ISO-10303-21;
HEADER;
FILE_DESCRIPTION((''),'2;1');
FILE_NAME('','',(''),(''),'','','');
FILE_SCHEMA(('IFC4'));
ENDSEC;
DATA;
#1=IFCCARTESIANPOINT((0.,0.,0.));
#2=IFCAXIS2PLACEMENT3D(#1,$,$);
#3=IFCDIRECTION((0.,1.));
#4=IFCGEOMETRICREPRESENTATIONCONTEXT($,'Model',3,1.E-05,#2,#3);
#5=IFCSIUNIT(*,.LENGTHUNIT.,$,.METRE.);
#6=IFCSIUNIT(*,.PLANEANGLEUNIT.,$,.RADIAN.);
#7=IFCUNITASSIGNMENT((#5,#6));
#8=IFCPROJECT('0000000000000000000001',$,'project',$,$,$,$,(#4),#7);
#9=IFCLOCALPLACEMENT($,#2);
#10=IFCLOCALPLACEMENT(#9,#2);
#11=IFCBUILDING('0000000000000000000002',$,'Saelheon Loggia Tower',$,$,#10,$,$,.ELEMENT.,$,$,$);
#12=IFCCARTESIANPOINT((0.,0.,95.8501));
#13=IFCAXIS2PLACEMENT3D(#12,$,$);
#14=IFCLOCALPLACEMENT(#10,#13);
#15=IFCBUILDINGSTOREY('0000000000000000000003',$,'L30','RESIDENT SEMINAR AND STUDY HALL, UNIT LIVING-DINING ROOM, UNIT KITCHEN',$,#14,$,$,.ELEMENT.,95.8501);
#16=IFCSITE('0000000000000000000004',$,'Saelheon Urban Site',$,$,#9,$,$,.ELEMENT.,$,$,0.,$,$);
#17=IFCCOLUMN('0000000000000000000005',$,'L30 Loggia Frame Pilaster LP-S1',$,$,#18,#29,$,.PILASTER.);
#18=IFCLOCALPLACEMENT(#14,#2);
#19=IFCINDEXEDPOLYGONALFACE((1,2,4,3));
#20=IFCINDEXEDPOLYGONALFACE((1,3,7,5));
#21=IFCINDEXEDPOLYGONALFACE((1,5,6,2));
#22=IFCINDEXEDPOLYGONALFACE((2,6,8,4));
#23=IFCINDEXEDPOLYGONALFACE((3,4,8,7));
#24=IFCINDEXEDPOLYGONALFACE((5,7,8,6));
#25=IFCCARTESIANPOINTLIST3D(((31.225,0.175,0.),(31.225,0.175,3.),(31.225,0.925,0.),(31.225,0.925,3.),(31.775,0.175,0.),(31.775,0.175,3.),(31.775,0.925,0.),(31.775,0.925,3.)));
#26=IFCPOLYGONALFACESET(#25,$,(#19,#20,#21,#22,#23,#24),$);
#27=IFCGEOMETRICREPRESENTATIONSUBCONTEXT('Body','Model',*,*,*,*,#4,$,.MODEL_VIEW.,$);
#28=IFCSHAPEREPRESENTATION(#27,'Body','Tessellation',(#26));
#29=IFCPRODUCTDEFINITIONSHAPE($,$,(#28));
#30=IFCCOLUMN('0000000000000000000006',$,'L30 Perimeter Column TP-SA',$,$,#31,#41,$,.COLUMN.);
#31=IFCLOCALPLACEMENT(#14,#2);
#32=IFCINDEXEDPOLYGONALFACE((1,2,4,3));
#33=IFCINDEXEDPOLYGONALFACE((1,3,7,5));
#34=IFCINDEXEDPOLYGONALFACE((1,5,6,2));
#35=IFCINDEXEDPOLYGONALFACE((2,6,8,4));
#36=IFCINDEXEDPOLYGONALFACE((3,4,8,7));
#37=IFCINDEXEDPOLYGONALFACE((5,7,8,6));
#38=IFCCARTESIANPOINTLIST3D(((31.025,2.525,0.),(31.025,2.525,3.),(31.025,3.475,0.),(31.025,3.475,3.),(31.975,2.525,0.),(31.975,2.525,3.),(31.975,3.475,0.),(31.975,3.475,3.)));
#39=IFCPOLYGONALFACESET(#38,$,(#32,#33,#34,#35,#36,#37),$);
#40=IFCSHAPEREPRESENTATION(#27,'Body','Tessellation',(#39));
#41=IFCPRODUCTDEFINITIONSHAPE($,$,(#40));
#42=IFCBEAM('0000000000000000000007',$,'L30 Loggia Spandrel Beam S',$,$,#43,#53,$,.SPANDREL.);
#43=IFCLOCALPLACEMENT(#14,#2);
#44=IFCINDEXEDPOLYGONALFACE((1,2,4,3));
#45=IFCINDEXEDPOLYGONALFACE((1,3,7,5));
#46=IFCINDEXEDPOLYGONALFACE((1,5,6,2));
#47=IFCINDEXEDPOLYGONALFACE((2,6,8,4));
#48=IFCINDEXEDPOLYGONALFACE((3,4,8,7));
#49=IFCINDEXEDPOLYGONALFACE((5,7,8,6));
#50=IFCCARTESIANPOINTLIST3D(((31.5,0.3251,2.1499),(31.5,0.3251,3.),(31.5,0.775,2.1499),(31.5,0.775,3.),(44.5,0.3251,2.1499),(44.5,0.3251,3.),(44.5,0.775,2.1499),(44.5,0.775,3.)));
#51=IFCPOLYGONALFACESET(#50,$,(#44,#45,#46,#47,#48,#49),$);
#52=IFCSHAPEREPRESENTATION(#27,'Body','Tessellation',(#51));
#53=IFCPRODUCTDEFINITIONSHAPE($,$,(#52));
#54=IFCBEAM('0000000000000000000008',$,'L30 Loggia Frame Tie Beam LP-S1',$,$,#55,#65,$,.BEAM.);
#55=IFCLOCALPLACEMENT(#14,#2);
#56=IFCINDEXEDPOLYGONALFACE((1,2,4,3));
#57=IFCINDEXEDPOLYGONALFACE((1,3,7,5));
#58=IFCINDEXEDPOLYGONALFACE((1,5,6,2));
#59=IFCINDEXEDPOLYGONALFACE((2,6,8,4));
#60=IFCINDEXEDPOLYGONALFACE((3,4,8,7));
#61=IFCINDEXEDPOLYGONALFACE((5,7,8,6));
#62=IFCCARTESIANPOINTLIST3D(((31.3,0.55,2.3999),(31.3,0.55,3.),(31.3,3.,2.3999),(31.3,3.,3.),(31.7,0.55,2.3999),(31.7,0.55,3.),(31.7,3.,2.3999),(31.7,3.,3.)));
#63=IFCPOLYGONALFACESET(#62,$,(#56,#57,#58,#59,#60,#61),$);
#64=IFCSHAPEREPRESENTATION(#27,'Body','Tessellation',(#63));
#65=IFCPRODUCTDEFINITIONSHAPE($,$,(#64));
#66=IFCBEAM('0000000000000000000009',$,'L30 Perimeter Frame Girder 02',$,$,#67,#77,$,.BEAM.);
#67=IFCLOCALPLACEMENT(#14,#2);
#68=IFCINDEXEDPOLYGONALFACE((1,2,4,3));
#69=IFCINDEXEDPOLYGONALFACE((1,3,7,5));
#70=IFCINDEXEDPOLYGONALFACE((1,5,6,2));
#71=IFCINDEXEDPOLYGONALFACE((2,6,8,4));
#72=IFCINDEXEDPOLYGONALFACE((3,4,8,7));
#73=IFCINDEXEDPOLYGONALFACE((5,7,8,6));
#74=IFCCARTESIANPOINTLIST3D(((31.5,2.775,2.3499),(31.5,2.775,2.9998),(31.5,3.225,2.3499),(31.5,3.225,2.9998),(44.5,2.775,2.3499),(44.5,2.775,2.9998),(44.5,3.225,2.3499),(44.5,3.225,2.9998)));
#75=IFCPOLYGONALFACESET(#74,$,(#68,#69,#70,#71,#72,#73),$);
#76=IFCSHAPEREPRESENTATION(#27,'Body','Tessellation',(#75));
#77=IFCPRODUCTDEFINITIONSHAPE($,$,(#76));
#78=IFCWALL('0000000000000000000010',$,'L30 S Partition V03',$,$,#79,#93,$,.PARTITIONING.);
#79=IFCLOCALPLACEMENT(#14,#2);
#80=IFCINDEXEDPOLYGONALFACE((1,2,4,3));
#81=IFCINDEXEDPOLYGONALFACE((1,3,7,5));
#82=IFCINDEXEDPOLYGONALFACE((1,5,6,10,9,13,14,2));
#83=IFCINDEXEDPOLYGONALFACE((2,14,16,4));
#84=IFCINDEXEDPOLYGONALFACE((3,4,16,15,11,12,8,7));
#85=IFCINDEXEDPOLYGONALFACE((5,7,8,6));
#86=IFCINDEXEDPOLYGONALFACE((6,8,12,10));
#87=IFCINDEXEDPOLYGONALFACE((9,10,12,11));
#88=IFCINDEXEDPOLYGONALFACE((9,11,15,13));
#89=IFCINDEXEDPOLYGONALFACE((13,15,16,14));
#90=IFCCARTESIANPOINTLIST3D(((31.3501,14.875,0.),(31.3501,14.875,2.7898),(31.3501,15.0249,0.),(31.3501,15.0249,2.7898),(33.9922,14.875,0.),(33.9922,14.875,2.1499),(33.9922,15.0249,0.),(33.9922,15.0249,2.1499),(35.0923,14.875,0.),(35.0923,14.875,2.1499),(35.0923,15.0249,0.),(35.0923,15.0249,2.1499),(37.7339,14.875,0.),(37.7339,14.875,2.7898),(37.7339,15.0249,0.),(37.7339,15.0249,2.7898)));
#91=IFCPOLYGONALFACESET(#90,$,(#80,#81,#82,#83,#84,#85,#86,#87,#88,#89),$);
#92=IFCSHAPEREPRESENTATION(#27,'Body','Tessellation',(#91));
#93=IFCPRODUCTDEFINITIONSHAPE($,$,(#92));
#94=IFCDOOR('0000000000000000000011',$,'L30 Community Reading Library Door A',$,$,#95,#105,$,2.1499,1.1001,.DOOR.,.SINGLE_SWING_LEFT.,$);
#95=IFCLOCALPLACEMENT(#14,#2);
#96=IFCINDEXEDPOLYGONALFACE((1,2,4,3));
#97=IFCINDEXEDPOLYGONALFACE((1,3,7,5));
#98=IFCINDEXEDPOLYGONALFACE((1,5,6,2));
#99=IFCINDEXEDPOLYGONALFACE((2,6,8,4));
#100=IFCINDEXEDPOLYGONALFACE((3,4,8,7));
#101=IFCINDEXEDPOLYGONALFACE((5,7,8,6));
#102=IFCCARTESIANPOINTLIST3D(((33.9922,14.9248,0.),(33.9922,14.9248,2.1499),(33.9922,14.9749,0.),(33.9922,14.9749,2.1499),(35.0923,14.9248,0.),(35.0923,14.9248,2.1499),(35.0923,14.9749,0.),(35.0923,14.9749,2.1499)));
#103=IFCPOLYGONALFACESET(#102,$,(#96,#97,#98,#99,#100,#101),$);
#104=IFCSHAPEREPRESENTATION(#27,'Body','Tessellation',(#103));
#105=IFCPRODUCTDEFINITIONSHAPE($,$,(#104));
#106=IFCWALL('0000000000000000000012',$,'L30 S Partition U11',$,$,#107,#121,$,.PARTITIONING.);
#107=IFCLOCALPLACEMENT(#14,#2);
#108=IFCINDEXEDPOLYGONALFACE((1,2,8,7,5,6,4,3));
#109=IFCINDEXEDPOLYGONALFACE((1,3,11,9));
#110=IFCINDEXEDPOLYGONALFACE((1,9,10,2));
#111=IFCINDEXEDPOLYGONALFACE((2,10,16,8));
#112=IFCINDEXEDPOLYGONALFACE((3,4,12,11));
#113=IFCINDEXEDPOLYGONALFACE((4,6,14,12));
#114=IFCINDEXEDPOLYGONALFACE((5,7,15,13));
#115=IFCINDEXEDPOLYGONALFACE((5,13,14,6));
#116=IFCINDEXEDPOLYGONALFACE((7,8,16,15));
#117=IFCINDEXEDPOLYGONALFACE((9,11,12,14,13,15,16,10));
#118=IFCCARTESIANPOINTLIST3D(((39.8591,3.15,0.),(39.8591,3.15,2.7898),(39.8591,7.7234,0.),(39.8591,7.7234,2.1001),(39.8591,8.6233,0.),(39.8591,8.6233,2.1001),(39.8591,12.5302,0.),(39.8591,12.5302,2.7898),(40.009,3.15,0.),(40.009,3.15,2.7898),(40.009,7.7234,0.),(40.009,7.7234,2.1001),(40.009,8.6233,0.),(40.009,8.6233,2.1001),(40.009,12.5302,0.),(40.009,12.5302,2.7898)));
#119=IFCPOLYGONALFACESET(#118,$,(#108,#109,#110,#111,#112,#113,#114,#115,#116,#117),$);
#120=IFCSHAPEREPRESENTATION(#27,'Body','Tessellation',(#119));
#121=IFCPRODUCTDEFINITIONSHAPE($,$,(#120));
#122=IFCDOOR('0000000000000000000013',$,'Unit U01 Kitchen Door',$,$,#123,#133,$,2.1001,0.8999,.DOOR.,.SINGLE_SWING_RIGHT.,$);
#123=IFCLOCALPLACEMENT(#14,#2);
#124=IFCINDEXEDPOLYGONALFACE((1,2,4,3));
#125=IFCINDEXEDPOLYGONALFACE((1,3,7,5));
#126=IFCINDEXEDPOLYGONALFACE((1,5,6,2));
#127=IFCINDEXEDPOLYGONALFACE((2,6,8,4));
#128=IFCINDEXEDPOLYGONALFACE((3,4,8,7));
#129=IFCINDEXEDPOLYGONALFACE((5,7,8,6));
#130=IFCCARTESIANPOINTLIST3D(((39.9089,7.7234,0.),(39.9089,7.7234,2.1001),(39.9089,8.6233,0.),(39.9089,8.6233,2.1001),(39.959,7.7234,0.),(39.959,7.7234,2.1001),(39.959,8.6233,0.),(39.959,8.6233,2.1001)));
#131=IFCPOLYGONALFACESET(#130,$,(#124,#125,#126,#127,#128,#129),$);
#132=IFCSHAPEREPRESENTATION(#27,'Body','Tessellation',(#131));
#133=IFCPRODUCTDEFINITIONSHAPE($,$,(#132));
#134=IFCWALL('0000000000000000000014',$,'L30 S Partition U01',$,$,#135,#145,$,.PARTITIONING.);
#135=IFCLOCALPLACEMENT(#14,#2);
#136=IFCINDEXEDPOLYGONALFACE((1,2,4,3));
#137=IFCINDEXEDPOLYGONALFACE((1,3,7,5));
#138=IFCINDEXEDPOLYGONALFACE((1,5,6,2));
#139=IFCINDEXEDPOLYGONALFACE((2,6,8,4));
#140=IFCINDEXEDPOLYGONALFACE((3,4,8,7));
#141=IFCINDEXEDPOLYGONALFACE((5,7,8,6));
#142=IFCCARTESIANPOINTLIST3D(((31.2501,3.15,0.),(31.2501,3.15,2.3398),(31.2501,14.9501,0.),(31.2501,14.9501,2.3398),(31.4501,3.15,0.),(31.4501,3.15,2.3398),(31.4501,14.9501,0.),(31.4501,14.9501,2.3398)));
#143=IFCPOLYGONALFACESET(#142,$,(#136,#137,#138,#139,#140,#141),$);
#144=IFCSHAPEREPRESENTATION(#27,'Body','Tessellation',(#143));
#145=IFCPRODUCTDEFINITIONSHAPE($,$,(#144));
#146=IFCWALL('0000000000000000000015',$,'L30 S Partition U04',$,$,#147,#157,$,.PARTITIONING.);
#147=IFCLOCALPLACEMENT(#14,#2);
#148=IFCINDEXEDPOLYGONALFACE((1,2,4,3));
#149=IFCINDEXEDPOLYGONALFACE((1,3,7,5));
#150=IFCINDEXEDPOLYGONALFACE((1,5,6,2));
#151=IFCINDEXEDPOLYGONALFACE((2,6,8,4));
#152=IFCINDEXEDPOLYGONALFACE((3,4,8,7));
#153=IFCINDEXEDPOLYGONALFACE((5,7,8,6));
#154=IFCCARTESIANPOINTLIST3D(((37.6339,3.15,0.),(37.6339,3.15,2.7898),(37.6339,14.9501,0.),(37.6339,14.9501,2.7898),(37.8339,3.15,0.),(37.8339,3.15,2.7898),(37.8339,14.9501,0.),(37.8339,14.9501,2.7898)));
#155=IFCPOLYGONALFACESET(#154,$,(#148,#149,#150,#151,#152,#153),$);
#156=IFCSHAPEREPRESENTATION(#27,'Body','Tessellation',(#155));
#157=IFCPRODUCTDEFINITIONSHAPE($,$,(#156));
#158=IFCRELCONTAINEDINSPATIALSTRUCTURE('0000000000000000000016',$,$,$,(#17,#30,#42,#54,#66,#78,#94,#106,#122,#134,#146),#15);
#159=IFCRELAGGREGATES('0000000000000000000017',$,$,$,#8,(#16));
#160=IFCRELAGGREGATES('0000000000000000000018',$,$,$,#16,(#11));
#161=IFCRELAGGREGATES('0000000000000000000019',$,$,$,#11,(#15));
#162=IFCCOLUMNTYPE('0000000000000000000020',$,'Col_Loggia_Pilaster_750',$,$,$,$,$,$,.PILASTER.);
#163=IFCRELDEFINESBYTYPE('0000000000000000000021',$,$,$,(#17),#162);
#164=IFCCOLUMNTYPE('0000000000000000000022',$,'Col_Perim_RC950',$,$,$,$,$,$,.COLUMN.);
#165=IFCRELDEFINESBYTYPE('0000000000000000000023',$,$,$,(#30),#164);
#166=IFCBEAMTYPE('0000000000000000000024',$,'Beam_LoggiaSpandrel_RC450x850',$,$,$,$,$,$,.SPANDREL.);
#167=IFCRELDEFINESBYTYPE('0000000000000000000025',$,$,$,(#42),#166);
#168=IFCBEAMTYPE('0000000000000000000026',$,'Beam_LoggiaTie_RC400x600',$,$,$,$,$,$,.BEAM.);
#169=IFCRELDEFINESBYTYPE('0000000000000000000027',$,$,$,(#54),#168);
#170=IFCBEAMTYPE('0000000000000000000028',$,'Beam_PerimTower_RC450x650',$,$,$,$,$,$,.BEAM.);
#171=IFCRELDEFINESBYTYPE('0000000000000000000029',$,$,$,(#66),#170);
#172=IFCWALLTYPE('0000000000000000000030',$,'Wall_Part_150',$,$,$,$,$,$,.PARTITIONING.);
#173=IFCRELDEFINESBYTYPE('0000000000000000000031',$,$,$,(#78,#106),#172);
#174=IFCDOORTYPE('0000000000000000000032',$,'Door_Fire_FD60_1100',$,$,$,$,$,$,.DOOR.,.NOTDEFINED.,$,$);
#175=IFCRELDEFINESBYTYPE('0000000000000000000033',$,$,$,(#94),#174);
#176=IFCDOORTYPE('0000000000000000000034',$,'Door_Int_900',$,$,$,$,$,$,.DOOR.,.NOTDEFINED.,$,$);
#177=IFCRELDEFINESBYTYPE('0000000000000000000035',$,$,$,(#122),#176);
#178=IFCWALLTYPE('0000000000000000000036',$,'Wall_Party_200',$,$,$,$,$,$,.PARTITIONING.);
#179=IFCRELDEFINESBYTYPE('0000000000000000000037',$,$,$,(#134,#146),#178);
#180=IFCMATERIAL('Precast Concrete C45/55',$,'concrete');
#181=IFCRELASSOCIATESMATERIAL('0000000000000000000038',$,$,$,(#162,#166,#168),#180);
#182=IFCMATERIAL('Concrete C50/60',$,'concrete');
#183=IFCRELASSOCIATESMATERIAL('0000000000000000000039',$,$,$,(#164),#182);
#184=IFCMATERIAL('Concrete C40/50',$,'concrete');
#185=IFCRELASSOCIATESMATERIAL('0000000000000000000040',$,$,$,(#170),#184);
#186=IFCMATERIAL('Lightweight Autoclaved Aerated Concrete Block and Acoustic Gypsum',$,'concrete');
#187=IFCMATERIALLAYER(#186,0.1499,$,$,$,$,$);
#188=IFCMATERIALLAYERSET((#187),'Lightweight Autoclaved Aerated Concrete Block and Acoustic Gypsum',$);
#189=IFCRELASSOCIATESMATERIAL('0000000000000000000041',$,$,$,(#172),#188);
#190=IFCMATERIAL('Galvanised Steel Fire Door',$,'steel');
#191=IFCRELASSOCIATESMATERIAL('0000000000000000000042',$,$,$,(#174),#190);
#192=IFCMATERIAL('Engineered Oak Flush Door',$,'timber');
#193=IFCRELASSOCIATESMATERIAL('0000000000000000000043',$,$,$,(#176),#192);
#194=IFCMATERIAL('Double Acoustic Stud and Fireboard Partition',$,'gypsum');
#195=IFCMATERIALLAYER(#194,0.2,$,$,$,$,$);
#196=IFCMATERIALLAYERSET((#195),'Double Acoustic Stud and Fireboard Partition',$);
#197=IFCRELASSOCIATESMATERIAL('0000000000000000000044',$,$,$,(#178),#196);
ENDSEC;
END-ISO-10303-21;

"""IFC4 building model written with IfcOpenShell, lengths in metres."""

from ifc_helpers import new_model, si_unit, direction, frame, frame_2d, origin, origin_2d, place, context, subcontext, project, spatial, rectangle, extrude, source, transform, mapped, material, layer, layer_set, material_profile, profile_set, type_object, element, fill, save


model = new_model("IFC4")

# Units and contexts
model_context = context("Model", 3, precision=1e-05, world=origin(), true_north=direction((0.0, 1.0)))
body_context = subcontext(model_context, "Body", "Model", "MODEL_VIEW")
ifc_project = project(units=[si_unit("LENGTHUNIT", "METRE"), si_unit("PLANEANGLEUNIT", "RADIAN")], contexts=[model_context])

# Site, building, storey
site_placement = place(None, origin())
site = spatial("IfcSite", under=ifc_project, at=site_placement, Name="Saelheon Urban Site", CompositionType="ELEMENT", RefElevation=0.0)
building_placement = place(site_placement, origin())
building = spatial("IfcBuilding", under=site, at=building_placement, Name="Saelheon Loggia Tower", CompositionType="ELEMENT")
storey_placement = place(building_placement, frame((0.0, 0.0, 95.8501)))
storey = spatial("IfcBuildingStorey", under=building, at=storey_placement, Name="L30", Description="RESIDENT SEMINAR AND STUDY HALL, UNIT LIVING-DINING ROOM, UNIT KITCHEN", CompositionType="ELEMENT", Elevation=95.8501)

# Columns
ifc_material_1 = material(Name="Precast Concrete C45/55", Category="concrete")
ifc_material_profile_1 = material_profile(ifc_material_1, rectangle(XDim=0.55, YDim=0.75, at=origin_2d()), Name="RC-550x750")
ifc_profile_set_1 = profile_set([ifc_material_profile_1], Name="Precast Concrete C45/55")
column_type_1 = type_object("IfcColumnType", Name="Col_Loggia_Pilaster_750", PredefinedType="PILASTER", material=ifc_profile_set_1)
shared_shape_1 = source(origin(), body_context, "Body", "SweptSolid", [
    extrude(rectangle(XDim=0.55, YDim=0.75, at=origin_2d()), origin(), (0.0, 0.0, 1.0), 3.0),
])
column_1_placement = place(storey_placement, frame((31.5, 0.55, 0.0), z_axis=(0.0, 0.0, 1.0), x_axis=(1.0, 0.0, 0.0)))
element("IfcColumn", 1, at=column_1_placement, inside=storey, type_object=column_type_1, Name="L30 Loggia Frame Pilaster LP-S1", PredefinedType="PILASTER", context=body_context, shape_type="MappedRepresentation", body=[
    mapped(shared_shape_1, transform((0.0, 0.0, 0.0), scale=1.0)),
])
ifc_material_2 = material(Name="Concrete C50/60", Category="concrete")
ifc_material_profile_2 = material_profile(ifc_material_2, rectangle(XDim=0.95, YDim=0.95, at=origin_2d()), Name="RC-950x950")
ifc_profile_set_2 = profile_set([ifc_material_profile_2], Name="Concrete C50/60")
column_type_2 = type_object("IfcColumnType", Name="Col_Perim_RC950", PredefinedType="COLUMN", material=ifc_profile_set_2)
shared_shape_2 = source(origin(), body_context, "Body", "SweptSolid", [
    extrude(rectangle(XDim=0.95, YDim=0.95, at=origin_2d()), origin(), (0.0, 0.0, 1.0), 3.0),
])
column_2_placement = place(storey_placement, frame((31.5, 3.0, 0.0), z_axis=(0.0, 0.0, 1.0), x_axis=(1.0, 0.0, 0.0)))
element("IfcColumn", 2, at=column_2_placement, inside=storey, type_object=column_type_2, Name="L30 Perimeter Column TP-SA", PredefinedType="COLUMN", context=body_context, shape_type="MappedRepresentation", body=[
    mapped(shared_shape_2, transform((0.0, 0.0, 0.0), scale=1.0)),
])

# Beams
ifc_material_profile_3 = material_profile(ifc_material_1, rectangle(XDim=0.45, YDim=0.8501, at=origin_2d()), Name="RC-450x850")
ifc_profile_set_3 = profile_set([ifc_material_profile_3], Name="Precast Concrete C45/55")
beam_type_1 = type_object("IfcBeamType", Name="Beam_LoggiaSpandrel_RC450x850", PredefinedType="SPANDREL", material=ifc_profile_set_3)
shared_shape_3 = source(origin(), body_context, "Body", "SweptSolid", [
    extrude(rectangle(XDim=0.45, YDim=0.8501, at=origin_2d()), origin(), (0.0, 0.0, 1.0), 13.0),
])
beam_1_placement = place(storey_placement, frame((31.5, 0.55, 2.575), z_axis=(1.0, 0.0, 0.0), x_axis=(0.0, 1.0, 0.0)))
element("IfcBeam", 3, at=beam_1_placement, inside=storey, type_object=beam_type_1, Name="L30 Loggia Spandrel Beam S", PredefinedType="SPANDREL", context=body_context, shape_type="MappedRepresentation", body=[
    mapped(shared_shape_3, transform((0.0, 0.0, 0.0), scale=1.0)),
])
ifc_material_profile_4 = material_profile(ifc_material_1, rectangle(XDim=0.3999, YDim=0.6001, at=origin_2d()), Name="RC-400x600")
ifc_profile_set_4 = profile_set([ifc_material_profile_4], Name="Precast Concrete C45/55")
beam_type_2 = type_object("IfcBeamType", Name="Beam_LoggiaTie_RC400x600", PredefinedType="BEAM", material=ifc_profile_set_4)
shared_shape_4 = source(origin(), body_context, "Body", "SweptSolid", [
    extrude(rectangle(XDim=0.3999, YDim=0.6001, at=origin_2d()), origin(), (0.0, 0.0, 1.0), 2.45),
])
beam_2_placement = place(storey_placement, frame((31.5, 3.0, 2.7), z_axis=(0.0, -1.0, 0.0), x_axis=(1.0, 0.0, 0.0)))
element("IfcBeam", 4, at=beam_2_placement, inside=storey, type_object=beam_type_2, Name="L30 Loggia Frame Tie Beam LP-S1", PredefinedType="BEAM", context=body_context, shape_type="MappedRepresentation", body=[
    mapped(shared_shape_4, transform((0.0, 0.0, 0.0), scale=1.0)),
])
ifc_material_3 = material(Name="Concrete C40/50", Category="concrete")
ifc_material_profile_5 = material_profile(ifc_material_3, rectangle(XDim=0.45, YDim=0.6499, at=origin_2d()), Name="RC-450x650")
ifc_profile_set_5 = profile_set([ifc_material_profile_5], Name="Concrete C40/50")
beam_type_3 = type_object("IfcBeamType", Name="Beam_PerimTower_RC450x650", PredefinedType="BEAM", material=ifc_profile_set_5)
shared_shape_5 = source(origin(), body_context, "Body", "SweptSolid", [
    extrude(rectangle(XDim=0.45, YDim=0.6499, at=origin_2d()), origin(), (0.0, 0.0, 1.0), 13.0),
])
beam_3_placement = place(storey_placement, frame((31.5, 3.0, 2.6748), z_axis=(1.0, 0.0, 0.0), x_axis=(0.0, 1.0, 0.0)))
element("IfcBeam", 5, at=beam_3_placement, inside=storey, type_object=beam_type_3, Name="L30 Perimeter Frame Girder 02", PredefinedType="BEAM", context=body_context, shape_type="MappedRepresentation", body=[
    mapped(shared_shape_5, transform((0.0, 0.0, 0.0), scale=1.0)),
])

# Walls, openings, doors
ifc_material_4 = material(Name="Lightweight Autoclaved Aerated Concrete Block and Acoustic Gypsum", Category="concrete")
ifc_layer_1 = layer(ifc_material_4, 0.1499)
ifc_layer_set_1 = layer_set([ifc_layer_1], Name="Lightweight Autoclaved Aerated Concrete Block and Acoustic Gypsum")
wall_type_1 = type_object("IfcWallType", Name="Wall_Part_150", PredefinedType="PARTITIONING", material=ifc_layer_set_1)
wall_1_placement = place(storey_placement, frame((31.3501, 14.95, 0.0), z_axis=(0.0, 0.0, 1.0), x_axis=(1.0, 0.0, 0.0)))
wall_1 = element("IfcWall", 6, at=wall_1_placement, inside=storey, type_object=wall_type_1, Name="L30 S Partition V03", PredefinedType="PARTITIONING", context=body_context, shape_type="SweptSolid", body=[
    extrude(rectangle(XDim=6.3838, YDim=0.1499, at=frame_2d((3.1919, 0.0))), origin(), (0.0, 0.0, 1.0), 2.7898),
])
opening_1_placement = place(wall_1_placement, frame((2.6421, 0.0, 0.0)))
opening_1 = element("IfcOpeningElement", 7, at=opening_1_placement, cuts=wall_1, PredefinedType="OPENING", context=body_context, shape_type="SweptSolid", body=[
    extrude(rectangle(XDim=1.1001, YDim=2.1499, at=frame_2d((0.55, 1.075))), frame((0.0, 0.0869, 0.0), z_axis=(0.0, -1.0, 0.0), x_axis=(1.0, 0.0, 0.0)), (0.0, 0.0, 1.0), 0.1738),
])
ifc_material_5 = material(Name="Galvanised Steel Fire Door", Category="steel")
door_type_1 = type_object("IfcDoorType", Name="Door_Fire_FD60_1100", OperationType="NOTDEFINED", PredefinedType="DOOR", material=ifc_material_5)
shared_shape_6 = source(origin(), body_context, "Body", "SweptSolid", [
    extrude(rectangle(XDim=1.1001, YDim=2.1499, at=frame_2d((0.55, 1.075))), frame((0.0, 0.0249, 0.0), z_axis=(0.0, -1.0, 0.0), x_axis=(1.0, 0.0, 0.0)), (0.0, 0.0, 1.0), 0.05),
])
door_1_placement = place(opening_1_placement, origin())
door_1 = element("IfcDoor", 8, at=door_1_placement, inside=storey, type_object=door_type_1, Name="L30 Community Reading Library Door A", OperationType="SINGLE_SWING_LEFT", OverallHeight=2.1499, OverallWidth=1.1001, PredefinedType="DOOR", context=body_context, shape_type="MappedRepresentation", body=[
    mapped(shared_shape_6, transform((0.0, 0.0, 0.0), scale=1.0)),
])
fill(opening_1, door_1)
wall_2_placement = place(storey_placement, frame((39.9341, 12.53, 0.0), z_axis=(0.0, 0.0, 1.0), x_axis=(0.0, -1.0, 0.0)))
wall_2 = element("IfcWall", 9, at=wall_2_placement, inside=storey, type_object=wall_type_1, Name="L30 S Partition U11", PredefinedType="PARTITIONING", context=body_context, shape_type="SweptSolid", body=[
    extrude(rectangle(XDim=9.3801, YDim=0.1499, at=frame_2d((4.6899, 0.0))), origin(), (0.0, 0.0, 1.0), 2.7898),
])
opening_2_placement = place(wall_2_placement, frame((3.9067, 0.0, 0.0)))
opening_2 = element("IfcOpeningElement", 10, at=opening_2_placement, cuts=wall_2, PredefinedType="OPENING", context=body_context, shape_type="SweptSolid", body=[
    extrude(rectangle(XDim=0.8999, YDim=2.1001, at=frame_2d((0.45, 1.05))), frame((0.0, 0.0869, 0.0), z_axis=(0.0, -1.0, 0.0), x_axis=(1.0, 0.0, 0.0)), (0.0, 0.0, 1.0), 0.1738),
])
ifc_material_6 = material(Name="Engineered Oak Flush Door", Category="timber")
door_type_2 = type_object("IfcDoorType", Name="Door_Int_900", OperationType="NOTDEFINED", PredefinedType="DOOR", material=ifc_material_6)
shared_shape_7 = source(origin(), body_context, "Body", "SweptSolid", [
    extrude(rectangle(XDim=0.8999, YDim=2.1001, at=frame_2d((0.45, 1.05))), frame((0.0, 0.0249, 0.0), z_axis=(0.0, -1.0, 0.0), x_axis=(1.0, 0.0, 0.0)), (0.0, 0.0, 1.0), 0.05),
])
door_2_placement = place(opening_2_placement, origin())
door_2 = element("IfcDoor", 11, at=door_2_placement, inside=storey, type_object=door_type_2, Name="Unit U01 Kitchen Door", OperationType="SINGLE_SWING_RIGHT", OverallHeight=2.1001, OverallWidth=0.8999, PredefinedType="DOOR", context=body_context, shape_type="MappedRepresentation", body=[
    mapped(shared_shape_7, transform((0.0, 0.0, 0.0), scale=1.0)),
])
fill(opening_2, door_2)

# Walls
ifc_material_7 = material(Name="Double Acoustic Stud and Fireboard Partition", Category="gypsum")
ifc_layer_2 = layer(ifc_material_7, 0.2)
ifc_layer_set_2 = layer_set([ifc_layer_2], Name="Double Acoustic Stud and Fireboard Partition")
wall_type_2 = type_object("IfcWallType", Name="Wall_Party_200", PredefinedType="PARTITIONING", material=ifc_layer_set_2)
wall_3_placement = place(storey_placement, frame((31.3501, 14.95, 0.0), z_axis=(0.0, 0.0, 1.0), x_axis=(0.0, -1.0, 0.0)))
element("IfcWall", 12, at=wall_3_placement, inside=storey, type_object=wall_type_2, Name="L30 S Partition U01", PredefinedType="PARTITIONING", context=body_context, shape_type="SweptSolid", body=[
    extrude(rectangle(XDim=11.8, YDim=0.2, at=frame_2d((5.8999, 0.0))), origin(), (0.0, 0.0, 1.0), 2.3398),
])
wall_4_placement = place(storey_placement, frame((37.7339, 14.95, 0.0), z_axis=(0.0, 0.0, 1.0), x_axis=(0.0, -1.0, 0.0)))
element("IfcWall", 13, at=wall_4_placement, inside=storey, type_object=wall_type_2, Name="L30 S Partition U04", PredefinedType="PARTITIONING", context=body_context, shape_type="SweptSolid", body=[
    extrude(rectangle(XDim=11.8, YDim=0.2, at=frame_2d((5.8999, 0.0))), origin(), (0.0, 0.0, 1.0), 2.7898),
])

save(model, "model.ifc")
